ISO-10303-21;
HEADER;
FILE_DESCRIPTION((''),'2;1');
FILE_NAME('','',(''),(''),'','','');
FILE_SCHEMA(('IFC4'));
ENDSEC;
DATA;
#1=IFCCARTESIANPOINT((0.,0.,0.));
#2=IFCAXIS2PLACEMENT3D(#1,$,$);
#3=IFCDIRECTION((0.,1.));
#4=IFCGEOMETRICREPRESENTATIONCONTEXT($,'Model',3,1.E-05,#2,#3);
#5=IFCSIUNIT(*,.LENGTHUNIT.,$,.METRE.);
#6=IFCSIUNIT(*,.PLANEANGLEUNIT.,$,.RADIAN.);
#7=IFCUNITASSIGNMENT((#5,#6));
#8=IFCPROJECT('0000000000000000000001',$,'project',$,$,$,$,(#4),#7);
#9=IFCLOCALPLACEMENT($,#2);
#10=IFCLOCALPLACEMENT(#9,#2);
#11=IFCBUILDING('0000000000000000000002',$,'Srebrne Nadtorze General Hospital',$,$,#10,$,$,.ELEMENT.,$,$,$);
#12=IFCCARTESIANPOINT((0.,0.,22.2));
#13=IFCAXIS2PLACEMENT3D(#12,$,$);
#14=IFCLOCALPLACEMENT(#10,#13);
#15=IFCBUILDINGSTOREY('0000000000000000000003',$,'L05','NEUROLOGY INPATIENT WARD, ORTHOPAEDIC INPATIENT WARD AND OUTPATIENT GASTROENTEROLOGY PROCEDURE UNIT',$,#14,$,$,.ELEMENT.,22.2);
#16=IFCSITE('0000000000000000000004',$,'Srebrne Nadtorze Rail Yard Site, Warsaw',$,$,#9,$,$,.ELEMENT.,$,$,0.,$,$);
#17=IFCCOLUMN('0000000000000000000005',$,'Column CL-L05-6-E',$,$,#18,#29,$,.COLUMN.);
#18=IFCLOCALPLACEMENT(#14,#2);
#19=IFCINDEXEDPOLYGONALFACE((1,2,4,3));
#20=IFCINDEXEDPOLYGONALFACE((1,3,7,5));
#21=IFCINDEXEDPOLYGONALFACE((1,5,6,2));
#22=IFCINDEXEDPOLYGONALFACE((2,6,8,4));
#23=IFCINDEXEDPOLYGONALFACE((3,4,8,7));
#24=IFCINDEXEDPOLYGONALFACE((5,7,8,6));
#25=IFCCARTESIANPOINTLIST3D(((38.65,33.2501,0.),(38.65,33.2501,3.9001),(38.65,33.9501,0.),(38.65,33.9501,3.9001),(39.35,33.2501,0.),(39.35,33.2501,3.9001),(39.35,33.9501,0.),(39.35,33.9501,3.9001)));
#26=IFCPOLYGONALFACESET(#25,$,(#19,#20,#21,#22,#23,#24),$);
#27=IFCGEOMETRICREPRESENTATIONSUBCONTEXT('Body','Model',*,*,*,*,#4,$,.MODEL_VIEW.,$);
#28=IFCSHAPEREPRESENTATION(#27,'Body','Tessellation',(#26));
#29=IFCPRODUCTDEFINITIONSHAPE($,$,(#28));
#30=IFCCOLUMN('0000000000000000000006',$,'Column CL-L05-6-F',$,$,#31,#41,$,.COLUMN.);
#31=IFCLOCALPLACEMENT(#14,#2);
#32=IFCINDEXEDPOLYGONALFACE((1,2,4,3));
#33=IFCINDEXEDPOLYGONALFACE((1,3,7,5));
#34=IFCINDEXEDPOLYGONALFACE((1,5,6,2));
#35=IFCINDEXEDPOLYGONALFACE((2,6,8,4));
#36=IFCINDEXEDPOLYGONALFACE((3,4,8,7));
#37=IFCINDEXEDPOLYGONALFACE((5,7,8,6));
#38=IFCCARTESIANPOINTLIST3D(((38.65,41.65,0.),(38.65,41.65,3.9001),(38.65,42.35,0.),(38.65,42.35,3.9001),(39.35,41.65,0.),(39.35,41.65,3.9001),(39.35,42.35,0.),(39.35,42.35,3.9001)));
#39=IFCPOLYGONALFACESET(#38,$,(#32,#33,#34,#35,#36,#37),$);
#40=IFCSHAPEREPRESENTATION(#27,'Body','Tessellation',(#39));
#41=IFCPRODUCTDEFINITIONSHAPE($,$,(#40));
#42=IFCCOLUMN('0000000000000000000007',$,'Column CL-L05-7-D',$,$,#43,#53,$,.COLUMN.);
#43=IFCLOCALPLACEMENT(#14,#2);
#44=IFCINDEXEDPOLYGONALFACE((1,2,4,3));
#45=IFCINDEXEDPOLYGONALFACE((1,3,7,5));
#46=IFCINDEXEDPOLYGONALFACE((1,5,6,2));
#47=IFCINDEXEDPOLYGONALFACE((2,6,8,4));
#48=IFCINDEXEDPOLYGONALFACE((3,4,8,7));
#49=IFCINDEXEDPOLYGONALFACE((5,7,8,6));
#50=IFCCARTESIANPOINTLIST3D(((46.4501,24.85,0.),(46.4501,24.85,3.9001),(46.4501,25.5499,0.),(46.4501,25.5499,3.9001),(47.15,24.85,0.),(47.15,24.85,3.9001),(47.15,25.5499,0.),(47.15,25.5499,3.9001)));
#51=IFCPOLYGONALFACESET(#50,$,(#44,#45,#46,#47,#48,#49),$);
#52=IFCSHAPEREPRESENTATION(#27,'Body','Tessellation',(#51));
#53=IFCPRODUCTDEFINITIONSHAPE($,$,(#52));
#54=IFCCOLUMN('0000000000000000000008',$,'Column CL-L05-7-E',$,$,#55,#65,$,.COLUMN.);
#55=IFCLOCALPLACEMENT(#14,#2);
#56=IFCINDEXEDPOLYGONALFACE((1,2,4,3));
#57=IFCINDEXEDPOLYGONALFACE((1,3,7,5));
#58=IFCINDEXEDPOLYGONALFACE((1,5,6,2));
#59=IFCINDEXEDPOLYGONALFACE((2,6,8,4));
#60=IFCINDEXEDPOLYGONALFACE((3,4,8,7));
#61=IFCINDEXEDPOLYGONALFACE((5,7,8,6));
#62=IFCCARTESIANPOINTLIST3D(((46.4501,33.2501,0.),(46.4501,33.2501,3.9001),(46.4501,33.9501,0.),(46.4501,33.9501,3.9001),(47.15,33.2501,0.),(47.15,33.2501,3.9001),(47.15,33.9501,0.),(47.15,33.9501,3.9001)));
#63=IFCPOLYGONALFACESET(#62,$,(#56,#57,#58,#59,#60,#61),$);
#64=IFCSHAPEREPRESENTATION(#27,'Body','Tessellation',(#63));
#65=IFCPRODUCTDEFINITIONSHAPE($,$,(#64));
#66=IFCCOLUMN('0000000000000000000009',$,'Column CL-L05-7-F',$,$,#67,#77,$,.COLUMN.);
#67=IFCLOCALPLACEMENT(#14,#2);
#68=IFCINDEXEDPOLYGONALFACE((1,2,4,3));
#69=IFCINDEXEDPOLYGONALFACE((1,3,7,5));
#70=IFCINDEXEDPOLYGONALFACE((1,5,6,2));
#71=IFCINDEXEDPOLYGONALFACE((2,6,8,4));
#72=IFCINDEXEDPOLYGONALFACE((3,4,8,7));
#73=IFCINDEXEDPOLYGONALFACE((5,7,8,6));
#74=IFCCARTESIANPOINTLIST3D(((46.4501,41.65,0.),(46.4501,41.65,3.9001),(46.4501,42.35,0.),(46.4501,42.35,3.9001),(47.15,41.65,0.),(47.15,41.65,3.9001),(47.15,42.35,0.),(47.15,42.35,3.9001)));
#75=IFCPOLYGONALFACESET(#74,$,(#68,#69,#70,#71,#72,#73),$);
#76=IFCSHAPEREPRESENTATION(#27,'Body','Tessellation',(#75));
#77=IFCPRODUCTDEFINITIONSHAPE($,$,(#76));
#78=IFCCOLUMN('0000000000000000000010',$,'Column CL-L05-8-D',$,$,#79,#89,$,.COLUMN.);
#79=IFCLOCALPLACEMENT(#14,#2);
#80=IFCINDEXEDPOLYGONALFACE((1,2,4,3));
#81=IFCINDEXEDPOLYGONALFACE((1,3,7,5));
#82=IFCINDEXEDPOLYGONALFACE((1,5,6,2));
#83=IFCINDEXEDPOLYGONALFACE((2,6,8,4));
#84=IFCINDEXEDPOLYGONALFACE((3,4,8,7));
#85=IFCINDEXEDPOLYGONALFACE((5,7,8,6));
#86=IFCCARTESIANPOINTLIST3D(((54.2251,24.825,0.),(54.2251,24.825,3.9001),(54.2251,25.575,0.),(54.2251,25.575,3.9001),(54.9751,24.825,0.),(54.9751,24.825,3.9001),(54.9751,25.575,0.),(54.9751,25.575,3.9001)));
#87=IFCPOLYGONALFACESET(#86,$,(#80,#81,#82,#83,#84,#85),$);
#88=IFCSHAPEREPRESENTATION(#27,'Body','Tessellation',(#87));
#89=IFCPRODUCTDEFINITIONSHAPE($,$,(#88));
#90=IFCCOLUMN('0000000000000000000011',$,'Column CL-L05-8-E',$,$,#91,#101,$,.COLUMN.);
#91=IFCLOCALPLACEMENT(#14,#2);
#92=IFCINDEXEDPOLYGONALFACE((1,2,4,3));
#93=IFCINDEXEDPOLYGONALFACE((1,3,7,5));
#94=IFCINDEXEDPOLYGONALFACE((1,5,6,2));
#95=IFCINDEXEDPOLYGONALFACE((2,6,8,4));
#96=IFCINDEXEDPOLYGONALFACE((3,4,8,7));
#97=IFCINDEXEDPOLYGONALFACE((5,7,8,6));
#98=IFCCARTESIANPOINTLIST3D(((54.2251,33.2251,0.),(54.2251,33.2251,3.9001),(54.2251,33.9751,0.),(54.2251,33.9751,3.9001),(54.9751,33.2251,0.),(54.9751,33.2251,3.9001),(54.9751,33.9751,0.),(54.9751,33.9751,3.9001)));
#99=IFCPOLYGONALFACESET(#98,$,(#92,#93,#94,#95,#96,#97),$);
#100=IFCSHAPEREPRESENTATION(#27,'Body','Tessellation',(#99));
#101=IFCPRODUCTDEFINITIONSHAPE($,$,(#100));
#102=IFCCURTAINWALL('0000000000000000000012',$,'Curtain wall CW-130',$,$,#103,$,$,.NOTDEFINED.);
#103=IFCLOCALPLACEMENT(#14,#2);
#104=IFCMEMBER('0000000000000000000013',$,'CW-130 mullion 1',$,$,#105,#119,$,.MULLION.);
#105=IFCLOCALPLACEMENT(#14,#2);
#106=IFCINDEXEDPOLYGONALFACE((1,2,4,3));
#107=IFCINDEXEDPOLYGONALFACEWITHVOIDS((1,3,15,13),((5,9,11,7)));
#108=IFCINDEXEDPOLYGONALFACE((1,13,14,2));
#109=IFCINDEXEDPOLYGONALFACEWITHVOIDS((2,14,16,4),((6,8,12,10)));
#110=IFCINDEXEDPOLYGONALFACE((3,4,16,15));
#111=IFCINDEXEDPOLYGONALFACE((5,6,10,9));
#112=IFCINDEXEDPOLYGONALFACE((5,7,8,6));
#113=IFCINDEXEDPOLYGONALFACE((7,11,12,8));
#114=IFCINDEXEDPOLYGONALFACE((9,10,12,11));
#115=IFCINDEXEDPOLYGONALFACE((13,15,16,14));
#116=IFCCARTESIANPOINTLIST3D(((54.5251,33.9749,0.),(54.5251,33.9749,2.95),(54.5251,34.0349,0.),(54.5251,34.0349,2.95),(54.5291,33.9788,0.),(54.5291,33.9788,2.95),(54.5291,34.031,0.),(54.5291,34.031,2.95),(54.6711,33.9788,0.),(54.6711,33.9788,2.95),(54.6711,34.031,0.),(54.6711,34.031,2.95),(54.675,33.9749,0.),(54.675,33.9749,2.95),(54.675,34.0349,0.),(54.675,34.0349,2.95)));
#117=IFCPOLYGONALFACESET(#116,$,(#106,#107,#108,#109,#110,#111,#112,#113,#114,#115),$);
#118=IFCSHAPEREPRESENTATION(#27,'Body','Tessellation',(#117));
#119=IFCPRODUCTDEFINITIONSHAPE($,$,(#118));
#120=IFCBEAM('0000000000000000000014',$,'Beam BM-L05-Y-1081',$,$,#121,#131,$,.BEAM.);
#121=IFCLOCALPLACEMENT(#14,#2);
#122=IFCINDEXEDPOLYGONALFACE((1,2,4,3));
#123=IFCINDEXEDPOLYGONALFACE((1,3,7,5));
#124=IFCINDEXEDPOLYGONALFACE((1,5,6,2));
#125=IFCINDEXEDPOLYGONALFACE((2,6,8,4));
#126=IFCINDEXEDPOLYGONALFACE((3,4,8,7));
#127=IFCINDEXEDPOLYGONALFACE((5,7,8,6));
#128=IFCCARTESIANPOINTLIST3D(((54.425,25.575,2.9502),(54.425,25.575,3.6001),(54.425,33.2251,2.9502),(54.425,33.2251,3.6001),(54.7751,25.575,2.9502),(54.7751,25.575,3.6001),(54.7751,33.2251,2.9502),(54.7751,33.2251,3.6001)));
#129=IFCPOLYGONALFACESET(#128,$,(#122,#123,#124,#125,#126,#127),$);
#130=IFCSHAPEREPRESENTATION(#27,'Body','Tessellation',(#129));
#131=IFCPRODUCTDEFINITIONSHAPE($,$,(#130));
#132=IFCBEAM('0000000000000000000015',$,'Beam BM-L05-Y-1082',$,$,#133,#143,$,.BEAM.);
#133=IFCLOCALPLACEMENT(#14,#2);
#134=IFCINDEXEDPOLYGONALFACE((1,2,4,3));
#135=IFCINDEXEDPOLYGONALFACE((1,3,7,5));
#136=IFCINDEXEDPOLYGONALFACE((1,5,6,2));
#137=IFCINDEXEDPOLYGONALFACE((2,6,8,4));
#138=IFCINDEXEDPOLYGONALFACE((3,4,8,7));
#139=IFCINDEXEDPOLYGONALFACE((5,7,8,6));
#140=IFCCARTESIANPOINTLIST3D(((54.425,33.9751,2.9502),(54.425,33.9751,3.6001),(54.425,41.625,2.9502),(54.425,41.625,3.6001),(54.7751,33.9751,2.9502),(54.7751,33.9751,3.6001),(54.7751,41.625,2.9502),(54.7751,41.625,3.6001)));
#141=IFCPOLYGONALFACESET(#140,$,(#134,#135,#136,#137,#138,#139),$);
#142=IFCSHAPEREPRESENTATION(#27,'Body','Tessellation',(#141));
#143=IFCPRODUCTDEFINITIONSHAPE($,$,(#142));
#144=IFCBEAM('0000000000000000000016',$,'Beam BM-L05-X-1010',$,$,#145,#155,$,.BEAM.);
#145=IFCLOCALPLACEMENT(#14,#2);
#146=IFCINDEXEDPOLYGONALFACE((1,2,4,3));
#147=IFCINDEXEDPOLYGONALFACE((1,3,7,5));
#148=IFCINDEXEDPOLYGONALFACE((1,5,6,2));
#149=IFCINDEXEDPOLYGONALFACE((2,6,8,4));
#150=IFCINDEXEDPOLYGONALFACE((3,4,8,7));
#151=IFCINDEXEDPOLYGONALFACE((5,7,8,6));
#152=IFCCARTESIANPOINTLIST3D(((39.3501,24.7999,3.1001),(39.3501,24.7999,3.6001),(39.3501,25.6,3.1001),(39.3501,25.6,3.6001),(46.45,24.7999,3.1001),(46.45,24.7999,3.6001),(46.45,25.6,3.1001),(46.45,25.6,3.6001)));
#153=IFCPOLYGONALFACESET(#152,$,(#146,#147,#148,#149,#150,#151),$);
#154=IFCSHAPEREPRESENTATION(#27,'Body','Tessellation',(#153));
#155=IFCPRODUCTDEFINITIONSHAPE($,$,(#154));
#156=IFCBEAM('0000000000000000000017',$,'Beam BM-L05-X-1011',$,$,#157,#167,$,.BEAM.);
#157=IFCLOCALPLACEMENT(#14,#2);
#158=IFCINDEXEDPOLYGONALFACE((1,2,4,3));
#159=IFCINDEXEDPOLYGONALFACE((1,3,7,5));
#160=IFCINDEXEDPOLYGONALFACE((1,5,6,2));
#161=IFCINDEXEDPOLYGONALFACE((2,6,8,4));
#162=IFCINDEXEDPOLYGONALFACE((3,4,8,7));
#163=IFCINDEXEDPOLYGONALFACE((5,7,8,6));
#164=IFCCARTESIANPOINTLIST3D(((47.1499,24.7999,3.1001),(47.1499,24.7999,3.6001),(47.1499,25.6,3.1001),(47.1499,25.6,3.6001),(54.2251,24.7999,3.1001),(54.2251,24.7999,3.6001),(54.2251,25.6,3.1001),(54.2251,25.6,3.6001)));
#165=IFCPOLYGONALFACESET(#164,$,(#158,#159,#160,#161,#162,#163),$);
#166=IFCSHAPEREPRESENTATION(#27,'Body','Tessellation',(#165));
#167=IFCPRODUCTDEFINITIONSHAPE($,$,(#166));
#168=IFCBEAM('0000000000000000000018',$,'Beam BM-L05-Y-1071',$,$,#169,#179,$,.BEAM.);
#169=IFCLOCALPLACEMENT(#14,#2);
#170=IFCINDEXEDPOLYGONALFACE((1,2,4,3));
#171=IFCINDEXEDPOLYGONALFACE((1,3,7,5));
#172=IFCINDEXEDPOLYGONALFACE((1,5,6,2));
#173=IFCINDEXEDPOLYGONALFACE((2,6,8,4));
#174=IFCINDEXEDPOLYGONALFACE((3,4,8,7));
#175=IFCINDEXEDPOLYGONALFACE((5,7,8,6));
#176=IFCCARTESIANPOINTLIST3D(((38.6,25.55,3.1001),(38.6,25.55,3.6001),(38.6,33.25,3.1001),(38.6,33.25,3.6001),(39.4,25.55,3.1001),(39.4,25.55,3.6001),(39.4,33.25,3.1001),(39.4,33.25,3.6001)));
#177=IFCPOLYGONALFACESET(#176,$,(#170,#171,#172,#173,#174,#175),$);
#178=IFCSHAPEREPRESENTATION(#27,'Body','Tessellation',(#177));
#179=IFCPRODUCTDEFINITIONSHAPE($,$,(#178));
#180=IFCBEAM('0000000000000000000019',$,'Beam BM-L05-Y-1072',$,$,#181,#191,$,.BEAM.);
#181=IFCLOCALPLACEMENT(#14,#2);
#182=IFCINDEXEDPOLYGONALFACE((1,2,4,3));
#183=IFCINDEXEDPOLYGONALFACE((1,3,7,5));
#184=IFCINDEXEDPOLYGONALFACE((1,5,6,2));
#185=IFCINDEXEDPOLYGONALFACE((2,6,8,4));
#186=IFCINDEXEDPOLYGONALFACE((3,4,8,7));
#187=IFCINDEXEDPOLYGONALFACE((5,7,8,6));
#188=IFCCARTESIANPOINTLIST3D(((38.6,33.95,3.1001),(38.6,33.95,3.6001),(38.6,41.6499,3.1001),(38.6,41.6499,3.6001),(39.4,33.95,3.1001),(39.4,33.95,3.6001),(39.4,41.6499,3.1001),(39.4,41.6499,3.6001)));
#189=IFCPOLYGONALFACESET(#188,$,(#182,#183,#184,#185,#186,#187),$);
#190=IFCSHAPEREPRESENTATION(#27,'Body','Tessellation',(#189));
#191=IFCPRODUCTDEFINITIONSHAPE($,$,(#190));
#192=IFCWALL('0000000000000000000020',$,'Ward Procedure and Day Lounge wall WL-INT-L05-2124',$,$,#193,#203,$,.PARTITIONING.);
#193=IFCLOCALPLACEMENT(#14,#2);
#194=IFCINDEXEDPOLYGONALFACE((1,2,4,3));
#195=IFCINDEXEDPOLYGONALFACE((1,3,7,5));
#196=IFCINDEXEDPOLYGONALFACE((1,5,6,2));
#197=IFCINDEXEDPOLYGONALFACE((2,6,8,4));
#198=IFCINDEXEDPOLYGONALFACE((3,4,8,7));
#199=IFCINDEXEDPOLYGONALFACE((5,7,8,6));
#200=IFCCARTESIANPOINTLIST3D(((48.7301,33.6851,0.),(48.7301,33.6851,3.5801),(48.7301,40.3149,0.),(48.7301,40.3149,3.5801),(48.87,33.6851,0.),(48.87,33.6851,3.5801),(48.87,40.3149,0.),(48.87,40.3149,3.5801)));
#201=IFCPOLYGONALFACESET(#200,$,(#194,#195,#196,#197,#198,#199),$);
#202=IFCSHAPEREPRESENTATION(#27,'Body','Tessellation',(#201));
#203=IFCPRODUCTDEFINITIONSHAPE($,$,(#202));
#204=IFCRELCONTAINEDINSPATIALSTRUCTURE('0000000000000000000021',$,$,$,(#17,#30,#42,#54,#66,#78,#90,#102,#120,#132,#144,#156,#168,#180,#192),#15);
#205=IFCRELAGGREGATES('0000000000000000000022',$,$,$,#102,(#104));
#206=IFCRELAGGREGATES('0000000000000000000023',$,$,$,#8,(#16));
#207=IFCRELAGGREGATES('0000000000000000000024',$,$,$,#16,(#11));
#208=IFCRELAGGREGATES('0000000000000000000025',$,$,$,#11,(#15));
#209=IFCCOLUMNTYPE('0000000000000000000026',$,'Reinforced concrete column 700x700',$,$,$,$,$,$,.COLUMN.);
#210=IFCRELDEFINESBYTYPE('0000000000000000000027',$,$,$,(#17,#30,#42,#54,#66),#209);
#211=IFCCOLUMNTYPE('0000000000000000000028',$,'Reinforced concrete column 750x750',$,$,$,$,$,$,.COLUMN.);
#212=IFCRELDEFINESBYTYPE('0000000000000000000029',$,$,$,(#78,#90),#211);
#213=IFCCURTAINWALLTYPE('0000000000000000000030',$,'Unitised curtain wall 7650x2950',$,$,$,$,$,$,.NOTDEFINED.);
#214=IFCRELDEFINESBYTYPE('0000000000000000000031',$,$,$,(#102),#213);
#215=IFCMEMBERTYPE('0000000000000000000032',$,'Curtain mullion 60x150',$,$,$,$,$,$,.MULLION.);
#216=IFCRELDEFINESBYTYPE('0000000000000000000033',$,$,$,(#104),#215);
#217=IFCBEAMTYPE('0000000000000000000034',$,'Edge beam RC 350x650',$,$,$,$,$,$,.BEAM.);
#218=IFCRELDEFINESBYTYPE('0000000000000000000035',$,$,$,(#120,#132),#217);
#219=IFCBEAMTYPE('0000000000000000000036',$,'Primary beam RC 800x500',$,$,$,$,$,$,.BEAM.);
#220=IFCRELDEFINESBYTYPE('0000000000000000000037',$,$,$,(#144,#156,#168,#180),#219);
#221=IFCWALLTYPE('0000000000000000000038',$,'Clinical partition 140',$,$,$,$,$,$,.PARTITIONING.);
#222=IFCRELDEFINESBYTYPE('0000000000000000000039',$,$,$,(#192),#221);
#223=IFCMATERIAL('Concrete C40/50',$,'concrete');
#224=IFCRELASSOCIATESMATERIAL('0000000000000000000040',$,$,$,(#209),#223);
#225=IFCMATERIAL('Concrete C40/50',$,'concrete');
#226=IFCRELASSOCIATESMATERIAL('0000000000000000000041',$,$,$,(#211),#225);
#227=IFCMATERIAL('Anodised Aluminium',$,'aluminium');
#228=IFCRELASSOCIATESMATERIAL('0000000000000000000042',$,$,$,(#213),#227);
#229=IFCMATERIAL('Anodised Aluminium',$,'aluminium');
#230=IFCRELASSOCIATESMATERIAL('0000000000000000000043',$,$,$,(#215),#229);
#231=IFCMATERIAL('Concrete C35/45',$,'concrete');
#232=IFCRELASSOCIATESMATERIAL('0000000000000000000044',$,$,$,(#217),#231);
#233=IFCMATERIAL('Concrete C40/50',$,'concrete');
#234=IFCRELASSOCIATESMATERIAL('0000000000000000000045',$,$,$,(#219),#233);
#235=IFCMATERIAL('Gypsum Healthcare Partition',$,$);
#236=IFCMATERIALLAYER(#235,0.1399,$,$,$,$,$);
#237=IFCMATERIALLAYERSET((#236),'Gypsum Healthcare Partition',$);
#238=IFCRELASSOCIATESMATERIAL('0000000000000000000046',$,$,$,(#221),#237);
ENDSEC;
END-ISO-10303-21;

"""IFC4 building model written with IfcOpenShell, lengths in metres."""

from ifc_helpers import new_model, si_unit, direction, frame, frame_2d, origin, origin_2d, place, context, subcontext, project, spatial, rectangle, hollow_rectangle, extrude, material, layer, layer_set, material_profile, profile_set, type_object, element, aggregate, save


model = new_model("IFC4")

# Units and contexts
model_context = context("Model", 3, precision=1e-05, world=origin(), true_north=direction((0.0, 1.0)))
body_context = subcontext(model_context, "Body", "Model", "MODEL_VIEW")
ifc_project = project(units=[si_unit("LENGTHUNIT", "METRE"), si_unit("PLANEANGLEUNIT", "RADIAN")], contexts=[model_context])

# Site, building, storey
site_placement = place(None, origin())
site = spatial("IfcSite", under=ifc_project, at=site_placement, Name="Srebrne Nadtorze Rail Yard Site, Warsaw", CompositionType="ELEMENT", RefElevation=0.0)
building_placement = place(site_placement, origin())
building = spatial("IfcBuilding", under=site, at=building_placement, Name="Srebrne Nadtorze General Hospital", CompositionType="ELEMENT")
storey_placement = place(building_placement, frame((0.0, 0.0, 22.2)))
storey = spatial("IfcBuildingStorey", under=building, at=storey_placement, Name="L05", Description="NEUROLOGY INPATIENT WARD, ORTHOPAEDIC INPATIENT WARD AND OUTPATIENT GASTROENTEROLOGY PROCEDURE UNIT", CompositionType="ELEMENT", Elevation=22.2)

# Columns
ifc_material_1 = material(Name="Concrete C40/50", Category="concrete")
ifc_material_profile_1 = material_profile(ifc_material_1, rectangle(XDim=0.7, YDim=0.7, at=origin_2d()), Name="RC-COL-700x700")
ifc_profile_set_1 = profile_set([ifc_material_profile_1], Name="Concrete C40/50")
column_type_1 = type_object("IfcColumnType", Name="Reinforced concrete column 700x700", PredefinedType="COLUMN", material=ifc_profile_set_1)
for number, where, z_axis, x_axis, name in (
    (1, (39.0, 33.6001, 0.0), (0.0, 0.0, 1.0), (1.0, 0.0, 0.0), "Column CL-L05-6-E"),
    (2, (39.0, 42.0, 0.0), (0.0, 0.0, 1.0), (1.0, 0.0, 0.0), "Column CL-L05-6-F"),
    (3, (46.8, 25.2, 0.0), (0.0, 0.0, 1.0), (1.0, 0.0, 0.0), "Column CL-L05-7-D"),
    (4, (46.8, 33.6001, 0.0), (0.0, 0.0, 1.0), (1.0, 0.0, 0.0), "Column CL-L05-7-E"),
    (5, (46.8, 42.0, 0.0), (0.0, 0.0, 1.0), (1.0, 0.0, 0.0), "Column CL-L05-7-F"),
):
    element("IfcColumn", number, at=place(storey_placement, frame(where, z_axis=z_axis, x_axis=x_axis)), inside=storey, type_object=column_type_1, Name=name, PredefinedType="COLUMN", context=body_context, shape_type="SweptSolid", body=[
        extrude(rectangle(XDim=0.7, YDim=0.7, at=origin_2d()), origin(), (0.0, 0.0, 1.0), 3.9001),
    ])
ifc_material_2 = material(Name="Concrete C40/50", Category="concrete")
ifc_material_profile_2 = material_profile(ifc_material_2, rectangle(XDim=0.75, YDim=0.75, at=origin_2d()), Name="RC-COL-750x750")
ifc_profile_set_2 = profile_set([ifc_material_profile_2], Name="Concrete C40/50")
column_type_2 = type_object("IfcColumnType", Name="Reinforced concrete column 750x750", PredefinedType="COLUMN", material=ifc_profile_set_2)
for number, where, z_axis, x_axis, name in (
    (6, (54.6001, 25.2, 0.0), (0.0, 0.0, 1.0), (1.0, 0.0, 0.0), "Column CL-L05-8-D"),
    (7, (54.6001, 33.6001, 0.0), (0.0, 0.0, 1.0), (1.0, 0.0, 0.0), "Column CL-L05-8-E"),
):
    element("IfcColumn", number, at=place(storey_placement, frame(where, z_axis=z_axis, x_axis=x_axis)), inside=storey, type_object=column_type_2, Name=name, PredefinedType="COLUMN", context=body_context, shape_type="SweptSolid", body=[
        extrude(rectangle(XDim=0.75, YDim=0.75, at=origin_2d()), origin(), (0.0, 0.0, 1.0), 3.9001),
    ])

# Curtain wall, member
ifc_material_3 = material(Name="Anodised Aluminium", Category="aluminium")
curtain_wall_type = type_object("IfcCurtainWallType", Name="Unitised curtain wall 7650x2950", PredefinedType="NOTDEFINED", material=ifc_material_3)
curtain_wall_placement = place(storey_placement, origin())
curtain_wall = element("IfcCurtainWall", 8, at=curtain_wall_placement, inside=storey, type_object=curtain_wall_type, Name="Curtain wall CW-130", PredefinedType="NOTDEFINED")
ifc_material_4 = material(Name="Anodised Aluminium", Category="aluminium")
ifc_material_profile_3 = material_profile(ifc_material_4, hollow_rectangle(XDim=0.0601, YDim=0.1499, WallThickness=0.0039, at=origin_2d()), Name="AL-MUL-60x150")
ifc_profile_set_3 = profile_set([ifc_material_profile_3], Name="Anodised Aluminium")
member_type = type_object("IfcMemberType", Name="Curtain mullion 60x150", PredefinedType="MULLION", material=ifc_profile_set_3)
member_placement = place(storey_placement, frame((54.6001, 34.0049, 0.0), z_axis=(0.0, 0.0, 1.0), x_axis=(0.0, 1.0, 0.0)))
member = element("IfcMember", 9, at=member_placement, type_object=member_type, Name="CW-130 mullion 1", PredefinedType="MULLION", context=body_context, shape_type="SweptSolid", body=[
    extrude(hollow_rectangle(XDim=0.0601, YDim=0.1499, WallThickness=0.0039, at=origin_2d()), origin(), (0.0, 0.0, 1.0), 2.95),
])
aggregate(curtain_wall, [member])

# Beams
ifc_material_5 = material(Name="Concrete C35/45", Category="concrete")
ifc_material_profile_4 = material_profile(ifc_material_5, rectangle(XDim=0.3501, YDim=0.6499, at=origin_2d()), Name="RC-BM-350x650")
ifc_profile_set_4 = profile_set([ifc_material_profile_4], Name="Concrete C35/45")
beam_type_1 = type_object("IfcBeamType", Name="Edge beam RC 350x650", PredefinedType="BEAM", material=ifc_profile_set_4)
beam_1_placement = place(storey_placement, frame((54.6001, 25.575, 3.2751), z_axis=(0.0, 1.0, 0.0), x_axis=(-1.0, 0.0, 0.0)))
element("IfcBeam", 10, at=beam_1_placement, inside=storey, type_object=beam_type_1, Name="Beam BM-L05-Y-1081", PredefinedType="BEAM", context=body_context, shape_type="SweptSolid", body=[
    extrude(rectangle(XDim=0.3501, YDim=0.6499, at=origin_2d()), origin(), (0.0, 0.0, 1.0), 7.6501),
])
beam_2_placement = place(storey_placement, frame((54.6001, 33.9751, 3.2751), z_axis=(0.0, 1.0, 0.0), x_axis=(-1.0, 0.0, 0.0)))
element("IfcBeam", 11, at=beam_2_placement, inside=storey, type_object=beam_type_1, Name="Beam BM-L05-Y-1082", PredefinedType="BEAM", context=body_context, shape_type="SweptSolid", body=[
    extrude(rectangle(XDim=0.3501, YDim=0.6499, at=origin_2d()), origin(), (0.0, 0.0, 1.0), 7.6499),
])
ifc_material_6 = material(Name="Concrete C40/50", Category="concrete")
ifc_material_profile_5 = material_profile(ifc_material_6, rectangle(XDim=0.8, YDim=0.5, at=origin_2d()), Name="RC-BM-800x500")
ifc_profile_set_5 = profile_set([ifc_material_profile_5], Name="Concrete C40/50")
beam_type_2 = type_object("IfcBeamType", Name="Primary beam RC 800x500", PredefinedType="BEAM", material=ifc_profile_set_5)
beam_3_placement = place(storey_placement, frame((39.3501, 25.2, 3.3501), z_axis=(1.0, 0.0, 0.0), x_axis=(0.0, 1.0, 0.0)))
element("IfcBeam", 12, at=beam_3_placement, inside=storey, type_object=beam_type_2, Name="Beam BM-L05-X-1010", PredefinedType="BEAM", context=body_context, shape_type="SweptSolid", body=[
    extrude(rectangle(XDim=0.8, YDim=0.5, at=origin_2d()), origin(), (0.0, 0.0, 1.0), 7.0999),
])
beam_4_placement = place(storey_placement, frame((47.1499, 25.2, 3.3501), z_axis=(1.0, 0.0, 0.0), x_axis=(0.0, 1.0, 0.0)))
element("IfcBeam", 13, at=beam_4_placement, inside=storey, type_object=beam_type_2, Name="Beam BM-L05-X-1011", PredefinedType="BEAM", context=body_context, shape_type="SweptSolid", body=[
    extrude(rectangle(XDim=0.8, YDim=0.5, at=origin_2d()), origin(), (0.0, 0.0, 1.0), 7.0752),
])
for number, where, z_axis, x_axis, name in (
    (14, (39.0, 25.55, 3.3501), (0.0, 1.0, 0.0), (-1.0, 0.0, 0.0), "Beam BM-L05-Y-1071"),
    (15, (39.0, 33.95, 3.3501), (0.0, 1.0, 0.0), (-1.0, 0.0, 0.0), "Beam BM-L05-Y-1072"),
):
    element("IfcBeam", number, at=place(storey_placement, frame(where, z_axis=z_axis, x_axis=x_axis)), inside=storey, type_object=beam_type_2, Name=name, PredefinedType="BEAM", context=body_context, shape_type="SweptSolid", body=[
        extrude(rectangle(XDim=0.8, YDim=0.5, at=origin_2d()), origin(), (0.0, 0.0, 1.0), 7.7),
    ])

# Wall
ifc_material_7 = material(Name="Gypsum Healthcare Partition")
ifc_layer_1 = layer(ifc_material_7, 0.1399)
ifc_layer_set_1 = layer_set([ifc_layer_1], Name="Gypsum Healthcare Partition")
wall_type_1 = type_object("IfcWallType", Name="Clinical partition 140", PredefinedType="PARTITIONING", material=ifc_layer_set_1)
wall_1_placement = place(storey_placement, frame((48.8, 33.6851, 0.0), z_axis=(0.0, 0.0, 1.0), x_axis=(0.0, 1.0, 0.0)))
element("IfcWall", 16, at=wall_1_placement, inside=storey, type_object=wall_type_1, Name="Ward Procedure and Day Lounge wall WL-INT-L05-2124", PredefinedType="PARTITIONING", context=body_context, shape_type="SweptSolid", body=[
    extrude(rectangle(XDim=6.6299, YDim=0.1399, at=frame_2d((3.3149, 0.0))), origin(), (0.0, 0.0, 1.0), 3.5801),
])

save(model, "model.ifc")
